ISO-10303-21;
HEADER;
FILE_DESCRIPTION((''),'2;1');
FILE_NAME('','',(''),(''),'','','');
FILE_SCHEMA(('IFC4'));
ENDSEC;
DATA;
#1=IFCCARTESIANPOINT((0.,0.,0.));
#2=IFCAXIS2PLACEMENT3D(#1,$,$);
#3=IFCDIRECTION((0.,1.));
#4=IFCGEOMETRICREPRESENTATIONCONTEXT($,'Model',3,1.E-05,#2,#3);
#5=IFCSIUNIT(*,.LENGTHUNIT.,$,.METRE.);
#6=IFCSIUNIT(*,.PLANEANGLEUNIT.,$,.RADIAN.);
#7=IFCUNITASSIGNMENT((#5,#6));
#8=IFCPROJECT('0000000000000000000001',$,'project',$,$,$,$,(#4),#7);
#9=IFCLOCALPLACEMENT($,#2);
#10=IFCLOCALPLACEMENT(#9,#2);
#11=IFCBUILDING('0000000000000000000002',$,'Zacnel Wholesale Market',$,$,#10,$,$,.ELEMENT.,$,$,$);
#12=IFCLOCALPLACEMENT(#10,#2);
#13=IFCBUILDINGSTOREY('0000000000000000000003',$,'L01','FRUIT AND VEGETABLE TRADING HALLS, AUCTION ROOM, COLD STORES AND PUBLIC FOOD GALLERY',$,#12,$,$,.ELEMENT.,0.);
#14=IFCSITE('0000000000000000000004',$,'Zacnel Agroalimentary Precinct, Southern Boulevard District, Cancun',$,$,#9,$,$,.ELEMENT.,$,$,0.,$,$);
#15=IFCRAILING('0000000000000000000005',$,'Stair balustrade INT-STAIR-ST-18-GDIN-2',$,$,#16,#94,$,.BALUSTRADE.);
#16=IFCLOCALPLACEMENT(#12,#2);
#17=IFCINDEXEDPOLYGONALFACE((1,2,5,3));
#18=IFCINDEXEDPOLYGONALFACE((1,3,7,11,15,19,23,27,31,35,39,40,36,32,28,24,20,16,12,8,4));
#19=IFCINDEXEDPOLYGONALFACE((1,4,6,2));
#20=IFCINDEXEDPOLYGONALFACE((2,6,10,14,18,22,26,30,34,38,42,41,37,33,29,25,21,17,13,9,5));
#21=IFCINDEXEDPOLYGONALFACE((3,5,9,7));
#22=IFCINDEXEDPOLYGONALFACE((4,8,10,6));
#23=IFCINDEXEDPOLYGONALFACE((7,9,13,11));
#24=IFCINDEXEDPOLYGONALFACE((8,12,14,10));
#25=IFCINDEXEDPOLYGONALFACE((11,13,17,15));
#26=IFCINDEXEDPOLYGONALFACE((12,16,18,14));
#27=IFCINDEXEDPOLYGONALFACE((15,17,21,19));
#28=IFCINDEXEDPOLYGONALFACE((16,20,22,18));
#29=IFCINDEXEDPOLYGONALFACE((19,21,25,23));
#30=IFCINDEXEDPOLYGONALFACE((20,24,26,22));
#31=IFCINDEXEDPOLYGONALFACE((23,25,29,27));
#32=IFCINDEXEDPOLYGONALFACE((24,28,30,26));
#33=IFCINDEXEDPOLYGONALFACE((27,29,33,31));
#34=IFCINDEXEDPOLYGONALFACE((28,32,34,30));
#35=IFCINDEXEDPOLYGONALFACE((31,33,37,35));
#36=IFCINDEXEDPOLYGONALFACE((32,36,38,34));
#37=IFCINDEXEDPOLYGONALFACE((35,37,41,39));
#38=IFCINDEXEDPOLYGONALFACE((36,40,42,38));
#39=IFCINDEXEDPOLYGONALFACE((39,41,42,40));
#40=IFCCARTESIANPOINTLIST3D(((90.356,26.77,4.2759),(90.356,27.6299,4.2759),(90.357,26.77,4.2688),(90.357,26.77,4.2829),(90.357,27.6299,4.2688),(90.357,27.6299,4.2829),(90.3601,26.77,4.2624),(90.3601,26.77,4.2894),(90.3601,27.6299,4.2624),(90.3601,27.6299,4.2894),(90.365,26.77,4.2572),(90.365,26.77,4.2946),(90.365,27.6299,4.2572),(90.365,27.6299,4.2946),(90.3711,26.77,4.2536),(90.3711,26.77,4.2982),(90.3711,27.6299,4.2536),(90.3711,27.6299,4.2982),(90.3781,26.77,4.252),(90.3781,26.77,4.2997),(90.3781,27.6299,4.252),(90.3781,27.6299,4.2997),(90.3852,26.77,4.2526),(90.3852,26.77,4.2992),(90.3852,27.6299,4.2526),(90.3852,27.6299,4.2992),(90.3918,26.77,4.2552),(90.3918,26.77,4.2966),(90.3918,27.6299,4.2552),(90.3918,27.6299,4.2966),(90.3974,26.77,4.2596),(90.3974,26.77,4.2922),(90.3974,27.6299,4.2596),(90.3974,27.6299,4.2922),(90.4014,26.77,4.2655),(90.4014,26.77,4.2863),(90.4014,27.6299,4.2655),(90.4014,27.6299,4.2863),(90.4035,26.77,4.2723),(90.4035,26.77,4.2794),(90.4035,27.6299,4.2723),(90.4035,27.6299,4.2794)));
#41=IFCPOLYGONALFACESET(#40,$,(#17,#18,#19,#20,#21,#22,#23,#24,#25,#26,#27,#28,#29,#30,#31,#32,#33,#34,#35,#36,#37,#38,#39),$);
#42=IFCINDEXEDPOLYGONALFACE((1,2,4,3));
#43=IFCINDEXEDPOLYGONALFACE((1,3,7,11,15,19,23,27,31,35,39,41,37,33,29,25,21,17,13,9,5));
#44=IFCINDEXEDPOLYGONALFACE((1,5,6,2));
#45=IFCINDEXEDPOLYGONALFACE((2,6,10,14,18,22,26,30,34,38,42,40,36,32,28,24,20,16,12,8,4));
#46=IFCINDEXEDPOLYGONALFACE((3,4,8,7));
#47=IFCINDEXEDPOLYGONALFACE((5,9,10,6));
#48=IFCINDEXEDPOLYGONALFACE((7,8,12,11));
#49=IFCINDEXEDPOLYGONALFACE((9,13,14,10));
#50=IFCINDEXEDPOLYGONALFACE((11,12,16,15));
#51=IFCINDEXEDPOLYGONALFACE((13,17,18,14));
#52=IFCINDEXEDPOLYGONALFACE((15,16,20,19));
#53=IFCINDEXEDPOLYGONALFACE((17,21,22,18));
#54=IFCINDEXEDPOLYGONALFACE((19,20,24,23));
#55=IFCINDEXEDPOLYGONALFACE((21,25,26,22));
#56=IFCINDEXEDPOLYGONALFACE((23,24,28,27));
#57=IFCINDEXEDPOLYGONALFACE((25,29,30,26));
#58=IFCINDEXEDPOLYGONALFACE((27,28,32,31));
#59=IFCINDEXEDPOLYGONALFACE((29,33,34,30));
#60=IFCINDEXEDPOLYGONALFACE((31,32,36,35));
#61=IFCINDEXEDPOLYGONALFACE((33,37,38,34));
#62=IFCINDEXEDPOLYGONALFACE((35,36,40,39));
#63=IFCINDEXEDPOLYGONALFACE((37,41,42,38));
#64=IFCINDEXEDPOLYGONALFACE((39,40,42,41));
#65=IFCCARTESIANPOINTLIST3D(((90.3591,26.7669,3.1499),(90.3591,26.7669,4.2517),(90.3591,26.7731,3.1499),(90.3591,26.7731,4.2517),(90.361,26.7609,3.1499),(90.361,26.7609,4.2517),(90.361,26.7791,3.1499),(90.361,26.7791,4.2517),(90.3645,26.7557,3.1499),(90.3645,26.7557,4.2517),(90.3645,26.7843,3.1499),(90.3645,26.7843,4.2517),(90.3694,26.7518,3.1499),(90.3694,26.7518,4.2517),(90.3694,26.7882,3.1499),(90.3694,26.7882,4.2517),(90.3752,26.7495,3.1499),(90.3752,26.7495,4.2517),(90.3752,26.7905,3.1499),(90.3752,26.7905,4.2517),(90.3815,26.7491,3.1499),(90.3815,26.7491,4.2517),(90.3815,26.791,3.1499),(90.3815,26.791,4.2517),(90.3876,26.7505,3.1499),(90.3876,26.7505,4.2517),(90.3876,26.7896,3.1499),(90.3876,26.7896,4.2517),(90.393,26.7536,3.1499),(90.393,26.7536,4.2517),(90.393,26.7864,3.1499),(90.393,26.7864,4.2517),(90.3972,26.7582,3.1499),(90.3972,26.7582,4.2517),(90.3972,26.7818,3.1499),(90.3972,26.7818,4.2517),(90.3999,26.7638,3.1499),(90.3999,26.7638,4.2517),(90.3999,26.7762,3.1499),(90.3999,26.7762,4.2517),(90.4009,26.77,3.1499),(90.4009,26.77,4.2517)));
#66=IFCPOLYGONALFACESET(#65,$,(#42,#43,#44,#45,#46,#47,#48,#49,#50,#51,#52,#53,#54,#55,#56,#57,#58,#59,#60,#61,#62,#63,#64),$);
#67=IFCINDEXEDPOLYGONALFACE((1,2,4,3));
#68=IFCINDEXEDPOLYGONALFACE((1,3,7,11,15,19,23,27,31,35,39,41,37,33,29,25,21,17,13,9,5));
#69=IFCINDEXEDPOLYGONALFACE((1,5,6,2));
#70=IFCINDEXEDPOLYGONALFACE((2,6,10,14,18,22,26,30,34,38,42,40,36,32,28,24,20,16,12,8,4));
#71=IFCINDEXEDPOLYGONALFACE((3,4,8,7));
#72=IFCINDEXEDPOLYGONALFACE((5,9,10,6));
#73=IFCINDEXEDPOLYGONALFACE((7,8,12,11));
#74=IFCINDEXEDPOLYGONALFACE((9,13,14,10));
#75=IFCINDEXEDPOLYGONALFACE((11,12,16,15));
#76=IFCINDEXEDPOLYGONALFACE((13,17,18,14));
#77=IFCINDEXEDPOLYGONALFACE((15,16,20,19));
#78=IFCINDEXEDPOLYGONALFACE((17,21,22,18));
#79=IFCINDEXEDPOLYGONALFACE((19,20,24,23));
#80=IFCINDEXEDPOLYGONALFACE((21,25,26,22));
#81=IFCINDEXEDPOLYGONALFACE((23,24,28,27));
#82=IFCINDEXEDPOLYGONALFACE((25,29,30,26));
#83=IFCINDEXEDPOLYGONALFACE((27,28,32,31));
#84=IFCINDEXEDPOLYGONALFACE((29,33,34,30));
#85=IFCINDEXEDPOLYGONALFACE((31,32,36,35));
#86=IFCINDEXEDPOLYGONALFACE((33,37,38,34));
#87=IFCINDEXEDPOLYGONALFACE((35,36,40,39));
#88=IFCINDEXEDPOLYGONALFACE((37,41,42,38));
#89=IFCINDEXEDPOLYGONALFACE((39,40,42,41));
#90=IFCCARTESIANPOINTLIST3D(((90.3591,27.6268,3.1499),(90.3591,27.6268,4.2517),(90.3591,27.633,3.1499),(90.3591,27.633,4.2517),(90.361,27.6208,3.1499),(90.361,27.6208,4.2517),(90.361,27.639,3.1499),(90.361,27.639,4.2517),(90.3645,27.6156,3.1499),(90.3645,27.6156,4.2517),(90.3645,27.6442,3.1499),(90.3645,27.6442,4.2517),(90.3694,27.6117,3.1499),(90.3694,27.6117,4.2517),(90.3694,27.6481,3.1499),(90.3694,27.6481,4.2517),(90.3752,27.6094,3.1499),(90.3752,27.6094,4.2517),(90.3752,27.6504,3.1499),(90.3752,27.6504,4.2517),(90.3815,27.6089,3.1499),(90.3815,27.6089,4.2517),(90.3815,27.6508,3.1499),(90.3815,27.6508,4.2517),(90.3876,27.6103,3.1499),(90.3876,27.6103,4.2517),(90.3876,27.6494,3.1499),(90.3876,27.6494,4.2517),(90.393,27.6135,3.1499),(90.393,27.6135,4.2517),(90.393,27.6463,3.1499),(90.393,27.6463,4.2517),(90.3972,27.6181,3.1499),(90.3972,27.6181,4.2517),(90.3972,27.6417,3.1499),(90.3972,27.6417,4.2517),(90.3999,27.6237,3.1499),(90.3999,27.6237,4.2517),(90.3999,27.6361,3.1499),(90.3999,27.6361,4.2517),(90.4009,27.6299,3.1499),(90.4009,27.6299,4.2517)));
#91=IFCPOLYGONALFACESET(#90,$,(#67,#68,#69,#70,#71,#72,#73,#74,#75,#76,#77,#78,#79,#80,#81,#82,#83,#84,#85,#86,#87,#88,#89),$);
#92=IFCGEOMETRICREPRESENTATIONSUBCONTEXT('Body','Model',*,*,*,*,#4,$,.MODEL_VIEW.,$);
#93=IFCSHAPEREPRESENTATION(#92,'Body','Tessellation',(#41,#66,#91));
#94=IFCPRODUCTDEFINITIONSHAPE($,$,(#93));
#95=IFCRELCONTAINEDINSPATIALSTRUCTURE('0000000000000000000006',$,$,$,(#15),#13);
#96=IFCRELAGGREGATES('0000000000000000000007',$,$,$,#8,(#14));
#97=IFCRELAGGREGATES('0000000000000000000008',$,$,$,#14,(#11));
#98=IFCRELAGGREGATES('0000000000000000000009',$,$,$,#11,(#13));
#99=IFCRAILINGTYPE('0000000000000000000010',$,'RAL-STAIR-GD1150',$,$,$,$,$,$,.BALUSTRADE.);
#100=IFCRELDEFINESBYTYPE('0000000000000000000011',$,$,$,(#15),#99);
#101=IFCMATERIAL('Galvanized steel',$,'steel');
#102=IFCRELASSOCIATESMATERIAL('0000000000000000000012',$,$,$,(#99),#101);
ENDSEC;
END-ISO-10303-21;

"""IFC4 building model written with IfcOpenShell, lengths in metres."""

from ifc_helpers import new_model, si_unit, direction, frame, origin, origin_2d, place, context, subcontext, project, spatial, circle, extrude, material, type_object, element, save


model = new_model("IFC4")

# Units and contexts
model_context = context("Model", 3, precision=1e-05, world=origin(), true_north=direction((0.0, 1.0)))
body_context = subcontext(model_context, "Body", "Model", "MODEL_VIEW")
ifc_project = project(units=[si_unit("LENGTHUNIT", "METRE"), si_unit("PLANEANGLEUNIT", "RADIAN")], contexts=[model_context])

# Site, building, storey
site_placement = place(None, origin())
site = spatial("IfcSite", under=ifc_project, at=site_placement, Name="Zacnel Agroalimentary Precinct, Southern Boulevard District, Cancun", CompositionType="ELEMENT", RefElevation=0.0)
building_placement = place(site_placement, origin())
building = spatial("IfcBuilding", under=site, at=building_placement, Name="Zacnel Wholesale Market", CompositionType="ELEMENT")
storey_placement = place(building_placement, origin())
storey = spatial("IfcBuildingStorey", under=building, at=storey_placement, Name="L01", Description="FRUIT AND VEGETABLE TRADING HALLS, AUCTION ROOM, COLD STORES AND PUBLIC FOOD GALLERY", CompositionType="ELEMENT", Elevation=0.0)

# Railing
ifc_material_1 = material(Name="Galvanized steel", Category="steel")
railing_type = type_object("IfcRailingType", Name="RAL-STAIR-GD1150", PredefinedType="BALUSTRADE", material=ifc_material_1)
railing_1_placement = place(storey_placement, frame((90.3799, 26.77, 3.1499)))
element("IfcRailing", 1, at=railing_1_placement, inside=storey, type_object=railing_type, Name="Stair balustrade INT-STAIR-ST-18-GDIN-2", PredefinedType="BALUSTRADE", context=body_context, shape_type="SweptSolid", body=[
    extrude(circle(Radius=0.0239, at=origin_2d()), frame((0.0, 0.0, 1.126), z_axis=(0.0, 1.0, 0.0), x_axis=(-1.0, 0.0, 0.0)), (0.0, 0.0, 1.0), 0.8599),
    extrude(circle(Radius=0.021, at=origin_2d()), origin(), (0.0, 0.0, 1.0), 1.1018),
    extrude(circle(Radius=0.021, at=origin_2d()), frame((0.0, 0.8599, 0.0)), (0.0, 0.0, 1.0), 1.1018),
])

save(model, "model.ifc")
